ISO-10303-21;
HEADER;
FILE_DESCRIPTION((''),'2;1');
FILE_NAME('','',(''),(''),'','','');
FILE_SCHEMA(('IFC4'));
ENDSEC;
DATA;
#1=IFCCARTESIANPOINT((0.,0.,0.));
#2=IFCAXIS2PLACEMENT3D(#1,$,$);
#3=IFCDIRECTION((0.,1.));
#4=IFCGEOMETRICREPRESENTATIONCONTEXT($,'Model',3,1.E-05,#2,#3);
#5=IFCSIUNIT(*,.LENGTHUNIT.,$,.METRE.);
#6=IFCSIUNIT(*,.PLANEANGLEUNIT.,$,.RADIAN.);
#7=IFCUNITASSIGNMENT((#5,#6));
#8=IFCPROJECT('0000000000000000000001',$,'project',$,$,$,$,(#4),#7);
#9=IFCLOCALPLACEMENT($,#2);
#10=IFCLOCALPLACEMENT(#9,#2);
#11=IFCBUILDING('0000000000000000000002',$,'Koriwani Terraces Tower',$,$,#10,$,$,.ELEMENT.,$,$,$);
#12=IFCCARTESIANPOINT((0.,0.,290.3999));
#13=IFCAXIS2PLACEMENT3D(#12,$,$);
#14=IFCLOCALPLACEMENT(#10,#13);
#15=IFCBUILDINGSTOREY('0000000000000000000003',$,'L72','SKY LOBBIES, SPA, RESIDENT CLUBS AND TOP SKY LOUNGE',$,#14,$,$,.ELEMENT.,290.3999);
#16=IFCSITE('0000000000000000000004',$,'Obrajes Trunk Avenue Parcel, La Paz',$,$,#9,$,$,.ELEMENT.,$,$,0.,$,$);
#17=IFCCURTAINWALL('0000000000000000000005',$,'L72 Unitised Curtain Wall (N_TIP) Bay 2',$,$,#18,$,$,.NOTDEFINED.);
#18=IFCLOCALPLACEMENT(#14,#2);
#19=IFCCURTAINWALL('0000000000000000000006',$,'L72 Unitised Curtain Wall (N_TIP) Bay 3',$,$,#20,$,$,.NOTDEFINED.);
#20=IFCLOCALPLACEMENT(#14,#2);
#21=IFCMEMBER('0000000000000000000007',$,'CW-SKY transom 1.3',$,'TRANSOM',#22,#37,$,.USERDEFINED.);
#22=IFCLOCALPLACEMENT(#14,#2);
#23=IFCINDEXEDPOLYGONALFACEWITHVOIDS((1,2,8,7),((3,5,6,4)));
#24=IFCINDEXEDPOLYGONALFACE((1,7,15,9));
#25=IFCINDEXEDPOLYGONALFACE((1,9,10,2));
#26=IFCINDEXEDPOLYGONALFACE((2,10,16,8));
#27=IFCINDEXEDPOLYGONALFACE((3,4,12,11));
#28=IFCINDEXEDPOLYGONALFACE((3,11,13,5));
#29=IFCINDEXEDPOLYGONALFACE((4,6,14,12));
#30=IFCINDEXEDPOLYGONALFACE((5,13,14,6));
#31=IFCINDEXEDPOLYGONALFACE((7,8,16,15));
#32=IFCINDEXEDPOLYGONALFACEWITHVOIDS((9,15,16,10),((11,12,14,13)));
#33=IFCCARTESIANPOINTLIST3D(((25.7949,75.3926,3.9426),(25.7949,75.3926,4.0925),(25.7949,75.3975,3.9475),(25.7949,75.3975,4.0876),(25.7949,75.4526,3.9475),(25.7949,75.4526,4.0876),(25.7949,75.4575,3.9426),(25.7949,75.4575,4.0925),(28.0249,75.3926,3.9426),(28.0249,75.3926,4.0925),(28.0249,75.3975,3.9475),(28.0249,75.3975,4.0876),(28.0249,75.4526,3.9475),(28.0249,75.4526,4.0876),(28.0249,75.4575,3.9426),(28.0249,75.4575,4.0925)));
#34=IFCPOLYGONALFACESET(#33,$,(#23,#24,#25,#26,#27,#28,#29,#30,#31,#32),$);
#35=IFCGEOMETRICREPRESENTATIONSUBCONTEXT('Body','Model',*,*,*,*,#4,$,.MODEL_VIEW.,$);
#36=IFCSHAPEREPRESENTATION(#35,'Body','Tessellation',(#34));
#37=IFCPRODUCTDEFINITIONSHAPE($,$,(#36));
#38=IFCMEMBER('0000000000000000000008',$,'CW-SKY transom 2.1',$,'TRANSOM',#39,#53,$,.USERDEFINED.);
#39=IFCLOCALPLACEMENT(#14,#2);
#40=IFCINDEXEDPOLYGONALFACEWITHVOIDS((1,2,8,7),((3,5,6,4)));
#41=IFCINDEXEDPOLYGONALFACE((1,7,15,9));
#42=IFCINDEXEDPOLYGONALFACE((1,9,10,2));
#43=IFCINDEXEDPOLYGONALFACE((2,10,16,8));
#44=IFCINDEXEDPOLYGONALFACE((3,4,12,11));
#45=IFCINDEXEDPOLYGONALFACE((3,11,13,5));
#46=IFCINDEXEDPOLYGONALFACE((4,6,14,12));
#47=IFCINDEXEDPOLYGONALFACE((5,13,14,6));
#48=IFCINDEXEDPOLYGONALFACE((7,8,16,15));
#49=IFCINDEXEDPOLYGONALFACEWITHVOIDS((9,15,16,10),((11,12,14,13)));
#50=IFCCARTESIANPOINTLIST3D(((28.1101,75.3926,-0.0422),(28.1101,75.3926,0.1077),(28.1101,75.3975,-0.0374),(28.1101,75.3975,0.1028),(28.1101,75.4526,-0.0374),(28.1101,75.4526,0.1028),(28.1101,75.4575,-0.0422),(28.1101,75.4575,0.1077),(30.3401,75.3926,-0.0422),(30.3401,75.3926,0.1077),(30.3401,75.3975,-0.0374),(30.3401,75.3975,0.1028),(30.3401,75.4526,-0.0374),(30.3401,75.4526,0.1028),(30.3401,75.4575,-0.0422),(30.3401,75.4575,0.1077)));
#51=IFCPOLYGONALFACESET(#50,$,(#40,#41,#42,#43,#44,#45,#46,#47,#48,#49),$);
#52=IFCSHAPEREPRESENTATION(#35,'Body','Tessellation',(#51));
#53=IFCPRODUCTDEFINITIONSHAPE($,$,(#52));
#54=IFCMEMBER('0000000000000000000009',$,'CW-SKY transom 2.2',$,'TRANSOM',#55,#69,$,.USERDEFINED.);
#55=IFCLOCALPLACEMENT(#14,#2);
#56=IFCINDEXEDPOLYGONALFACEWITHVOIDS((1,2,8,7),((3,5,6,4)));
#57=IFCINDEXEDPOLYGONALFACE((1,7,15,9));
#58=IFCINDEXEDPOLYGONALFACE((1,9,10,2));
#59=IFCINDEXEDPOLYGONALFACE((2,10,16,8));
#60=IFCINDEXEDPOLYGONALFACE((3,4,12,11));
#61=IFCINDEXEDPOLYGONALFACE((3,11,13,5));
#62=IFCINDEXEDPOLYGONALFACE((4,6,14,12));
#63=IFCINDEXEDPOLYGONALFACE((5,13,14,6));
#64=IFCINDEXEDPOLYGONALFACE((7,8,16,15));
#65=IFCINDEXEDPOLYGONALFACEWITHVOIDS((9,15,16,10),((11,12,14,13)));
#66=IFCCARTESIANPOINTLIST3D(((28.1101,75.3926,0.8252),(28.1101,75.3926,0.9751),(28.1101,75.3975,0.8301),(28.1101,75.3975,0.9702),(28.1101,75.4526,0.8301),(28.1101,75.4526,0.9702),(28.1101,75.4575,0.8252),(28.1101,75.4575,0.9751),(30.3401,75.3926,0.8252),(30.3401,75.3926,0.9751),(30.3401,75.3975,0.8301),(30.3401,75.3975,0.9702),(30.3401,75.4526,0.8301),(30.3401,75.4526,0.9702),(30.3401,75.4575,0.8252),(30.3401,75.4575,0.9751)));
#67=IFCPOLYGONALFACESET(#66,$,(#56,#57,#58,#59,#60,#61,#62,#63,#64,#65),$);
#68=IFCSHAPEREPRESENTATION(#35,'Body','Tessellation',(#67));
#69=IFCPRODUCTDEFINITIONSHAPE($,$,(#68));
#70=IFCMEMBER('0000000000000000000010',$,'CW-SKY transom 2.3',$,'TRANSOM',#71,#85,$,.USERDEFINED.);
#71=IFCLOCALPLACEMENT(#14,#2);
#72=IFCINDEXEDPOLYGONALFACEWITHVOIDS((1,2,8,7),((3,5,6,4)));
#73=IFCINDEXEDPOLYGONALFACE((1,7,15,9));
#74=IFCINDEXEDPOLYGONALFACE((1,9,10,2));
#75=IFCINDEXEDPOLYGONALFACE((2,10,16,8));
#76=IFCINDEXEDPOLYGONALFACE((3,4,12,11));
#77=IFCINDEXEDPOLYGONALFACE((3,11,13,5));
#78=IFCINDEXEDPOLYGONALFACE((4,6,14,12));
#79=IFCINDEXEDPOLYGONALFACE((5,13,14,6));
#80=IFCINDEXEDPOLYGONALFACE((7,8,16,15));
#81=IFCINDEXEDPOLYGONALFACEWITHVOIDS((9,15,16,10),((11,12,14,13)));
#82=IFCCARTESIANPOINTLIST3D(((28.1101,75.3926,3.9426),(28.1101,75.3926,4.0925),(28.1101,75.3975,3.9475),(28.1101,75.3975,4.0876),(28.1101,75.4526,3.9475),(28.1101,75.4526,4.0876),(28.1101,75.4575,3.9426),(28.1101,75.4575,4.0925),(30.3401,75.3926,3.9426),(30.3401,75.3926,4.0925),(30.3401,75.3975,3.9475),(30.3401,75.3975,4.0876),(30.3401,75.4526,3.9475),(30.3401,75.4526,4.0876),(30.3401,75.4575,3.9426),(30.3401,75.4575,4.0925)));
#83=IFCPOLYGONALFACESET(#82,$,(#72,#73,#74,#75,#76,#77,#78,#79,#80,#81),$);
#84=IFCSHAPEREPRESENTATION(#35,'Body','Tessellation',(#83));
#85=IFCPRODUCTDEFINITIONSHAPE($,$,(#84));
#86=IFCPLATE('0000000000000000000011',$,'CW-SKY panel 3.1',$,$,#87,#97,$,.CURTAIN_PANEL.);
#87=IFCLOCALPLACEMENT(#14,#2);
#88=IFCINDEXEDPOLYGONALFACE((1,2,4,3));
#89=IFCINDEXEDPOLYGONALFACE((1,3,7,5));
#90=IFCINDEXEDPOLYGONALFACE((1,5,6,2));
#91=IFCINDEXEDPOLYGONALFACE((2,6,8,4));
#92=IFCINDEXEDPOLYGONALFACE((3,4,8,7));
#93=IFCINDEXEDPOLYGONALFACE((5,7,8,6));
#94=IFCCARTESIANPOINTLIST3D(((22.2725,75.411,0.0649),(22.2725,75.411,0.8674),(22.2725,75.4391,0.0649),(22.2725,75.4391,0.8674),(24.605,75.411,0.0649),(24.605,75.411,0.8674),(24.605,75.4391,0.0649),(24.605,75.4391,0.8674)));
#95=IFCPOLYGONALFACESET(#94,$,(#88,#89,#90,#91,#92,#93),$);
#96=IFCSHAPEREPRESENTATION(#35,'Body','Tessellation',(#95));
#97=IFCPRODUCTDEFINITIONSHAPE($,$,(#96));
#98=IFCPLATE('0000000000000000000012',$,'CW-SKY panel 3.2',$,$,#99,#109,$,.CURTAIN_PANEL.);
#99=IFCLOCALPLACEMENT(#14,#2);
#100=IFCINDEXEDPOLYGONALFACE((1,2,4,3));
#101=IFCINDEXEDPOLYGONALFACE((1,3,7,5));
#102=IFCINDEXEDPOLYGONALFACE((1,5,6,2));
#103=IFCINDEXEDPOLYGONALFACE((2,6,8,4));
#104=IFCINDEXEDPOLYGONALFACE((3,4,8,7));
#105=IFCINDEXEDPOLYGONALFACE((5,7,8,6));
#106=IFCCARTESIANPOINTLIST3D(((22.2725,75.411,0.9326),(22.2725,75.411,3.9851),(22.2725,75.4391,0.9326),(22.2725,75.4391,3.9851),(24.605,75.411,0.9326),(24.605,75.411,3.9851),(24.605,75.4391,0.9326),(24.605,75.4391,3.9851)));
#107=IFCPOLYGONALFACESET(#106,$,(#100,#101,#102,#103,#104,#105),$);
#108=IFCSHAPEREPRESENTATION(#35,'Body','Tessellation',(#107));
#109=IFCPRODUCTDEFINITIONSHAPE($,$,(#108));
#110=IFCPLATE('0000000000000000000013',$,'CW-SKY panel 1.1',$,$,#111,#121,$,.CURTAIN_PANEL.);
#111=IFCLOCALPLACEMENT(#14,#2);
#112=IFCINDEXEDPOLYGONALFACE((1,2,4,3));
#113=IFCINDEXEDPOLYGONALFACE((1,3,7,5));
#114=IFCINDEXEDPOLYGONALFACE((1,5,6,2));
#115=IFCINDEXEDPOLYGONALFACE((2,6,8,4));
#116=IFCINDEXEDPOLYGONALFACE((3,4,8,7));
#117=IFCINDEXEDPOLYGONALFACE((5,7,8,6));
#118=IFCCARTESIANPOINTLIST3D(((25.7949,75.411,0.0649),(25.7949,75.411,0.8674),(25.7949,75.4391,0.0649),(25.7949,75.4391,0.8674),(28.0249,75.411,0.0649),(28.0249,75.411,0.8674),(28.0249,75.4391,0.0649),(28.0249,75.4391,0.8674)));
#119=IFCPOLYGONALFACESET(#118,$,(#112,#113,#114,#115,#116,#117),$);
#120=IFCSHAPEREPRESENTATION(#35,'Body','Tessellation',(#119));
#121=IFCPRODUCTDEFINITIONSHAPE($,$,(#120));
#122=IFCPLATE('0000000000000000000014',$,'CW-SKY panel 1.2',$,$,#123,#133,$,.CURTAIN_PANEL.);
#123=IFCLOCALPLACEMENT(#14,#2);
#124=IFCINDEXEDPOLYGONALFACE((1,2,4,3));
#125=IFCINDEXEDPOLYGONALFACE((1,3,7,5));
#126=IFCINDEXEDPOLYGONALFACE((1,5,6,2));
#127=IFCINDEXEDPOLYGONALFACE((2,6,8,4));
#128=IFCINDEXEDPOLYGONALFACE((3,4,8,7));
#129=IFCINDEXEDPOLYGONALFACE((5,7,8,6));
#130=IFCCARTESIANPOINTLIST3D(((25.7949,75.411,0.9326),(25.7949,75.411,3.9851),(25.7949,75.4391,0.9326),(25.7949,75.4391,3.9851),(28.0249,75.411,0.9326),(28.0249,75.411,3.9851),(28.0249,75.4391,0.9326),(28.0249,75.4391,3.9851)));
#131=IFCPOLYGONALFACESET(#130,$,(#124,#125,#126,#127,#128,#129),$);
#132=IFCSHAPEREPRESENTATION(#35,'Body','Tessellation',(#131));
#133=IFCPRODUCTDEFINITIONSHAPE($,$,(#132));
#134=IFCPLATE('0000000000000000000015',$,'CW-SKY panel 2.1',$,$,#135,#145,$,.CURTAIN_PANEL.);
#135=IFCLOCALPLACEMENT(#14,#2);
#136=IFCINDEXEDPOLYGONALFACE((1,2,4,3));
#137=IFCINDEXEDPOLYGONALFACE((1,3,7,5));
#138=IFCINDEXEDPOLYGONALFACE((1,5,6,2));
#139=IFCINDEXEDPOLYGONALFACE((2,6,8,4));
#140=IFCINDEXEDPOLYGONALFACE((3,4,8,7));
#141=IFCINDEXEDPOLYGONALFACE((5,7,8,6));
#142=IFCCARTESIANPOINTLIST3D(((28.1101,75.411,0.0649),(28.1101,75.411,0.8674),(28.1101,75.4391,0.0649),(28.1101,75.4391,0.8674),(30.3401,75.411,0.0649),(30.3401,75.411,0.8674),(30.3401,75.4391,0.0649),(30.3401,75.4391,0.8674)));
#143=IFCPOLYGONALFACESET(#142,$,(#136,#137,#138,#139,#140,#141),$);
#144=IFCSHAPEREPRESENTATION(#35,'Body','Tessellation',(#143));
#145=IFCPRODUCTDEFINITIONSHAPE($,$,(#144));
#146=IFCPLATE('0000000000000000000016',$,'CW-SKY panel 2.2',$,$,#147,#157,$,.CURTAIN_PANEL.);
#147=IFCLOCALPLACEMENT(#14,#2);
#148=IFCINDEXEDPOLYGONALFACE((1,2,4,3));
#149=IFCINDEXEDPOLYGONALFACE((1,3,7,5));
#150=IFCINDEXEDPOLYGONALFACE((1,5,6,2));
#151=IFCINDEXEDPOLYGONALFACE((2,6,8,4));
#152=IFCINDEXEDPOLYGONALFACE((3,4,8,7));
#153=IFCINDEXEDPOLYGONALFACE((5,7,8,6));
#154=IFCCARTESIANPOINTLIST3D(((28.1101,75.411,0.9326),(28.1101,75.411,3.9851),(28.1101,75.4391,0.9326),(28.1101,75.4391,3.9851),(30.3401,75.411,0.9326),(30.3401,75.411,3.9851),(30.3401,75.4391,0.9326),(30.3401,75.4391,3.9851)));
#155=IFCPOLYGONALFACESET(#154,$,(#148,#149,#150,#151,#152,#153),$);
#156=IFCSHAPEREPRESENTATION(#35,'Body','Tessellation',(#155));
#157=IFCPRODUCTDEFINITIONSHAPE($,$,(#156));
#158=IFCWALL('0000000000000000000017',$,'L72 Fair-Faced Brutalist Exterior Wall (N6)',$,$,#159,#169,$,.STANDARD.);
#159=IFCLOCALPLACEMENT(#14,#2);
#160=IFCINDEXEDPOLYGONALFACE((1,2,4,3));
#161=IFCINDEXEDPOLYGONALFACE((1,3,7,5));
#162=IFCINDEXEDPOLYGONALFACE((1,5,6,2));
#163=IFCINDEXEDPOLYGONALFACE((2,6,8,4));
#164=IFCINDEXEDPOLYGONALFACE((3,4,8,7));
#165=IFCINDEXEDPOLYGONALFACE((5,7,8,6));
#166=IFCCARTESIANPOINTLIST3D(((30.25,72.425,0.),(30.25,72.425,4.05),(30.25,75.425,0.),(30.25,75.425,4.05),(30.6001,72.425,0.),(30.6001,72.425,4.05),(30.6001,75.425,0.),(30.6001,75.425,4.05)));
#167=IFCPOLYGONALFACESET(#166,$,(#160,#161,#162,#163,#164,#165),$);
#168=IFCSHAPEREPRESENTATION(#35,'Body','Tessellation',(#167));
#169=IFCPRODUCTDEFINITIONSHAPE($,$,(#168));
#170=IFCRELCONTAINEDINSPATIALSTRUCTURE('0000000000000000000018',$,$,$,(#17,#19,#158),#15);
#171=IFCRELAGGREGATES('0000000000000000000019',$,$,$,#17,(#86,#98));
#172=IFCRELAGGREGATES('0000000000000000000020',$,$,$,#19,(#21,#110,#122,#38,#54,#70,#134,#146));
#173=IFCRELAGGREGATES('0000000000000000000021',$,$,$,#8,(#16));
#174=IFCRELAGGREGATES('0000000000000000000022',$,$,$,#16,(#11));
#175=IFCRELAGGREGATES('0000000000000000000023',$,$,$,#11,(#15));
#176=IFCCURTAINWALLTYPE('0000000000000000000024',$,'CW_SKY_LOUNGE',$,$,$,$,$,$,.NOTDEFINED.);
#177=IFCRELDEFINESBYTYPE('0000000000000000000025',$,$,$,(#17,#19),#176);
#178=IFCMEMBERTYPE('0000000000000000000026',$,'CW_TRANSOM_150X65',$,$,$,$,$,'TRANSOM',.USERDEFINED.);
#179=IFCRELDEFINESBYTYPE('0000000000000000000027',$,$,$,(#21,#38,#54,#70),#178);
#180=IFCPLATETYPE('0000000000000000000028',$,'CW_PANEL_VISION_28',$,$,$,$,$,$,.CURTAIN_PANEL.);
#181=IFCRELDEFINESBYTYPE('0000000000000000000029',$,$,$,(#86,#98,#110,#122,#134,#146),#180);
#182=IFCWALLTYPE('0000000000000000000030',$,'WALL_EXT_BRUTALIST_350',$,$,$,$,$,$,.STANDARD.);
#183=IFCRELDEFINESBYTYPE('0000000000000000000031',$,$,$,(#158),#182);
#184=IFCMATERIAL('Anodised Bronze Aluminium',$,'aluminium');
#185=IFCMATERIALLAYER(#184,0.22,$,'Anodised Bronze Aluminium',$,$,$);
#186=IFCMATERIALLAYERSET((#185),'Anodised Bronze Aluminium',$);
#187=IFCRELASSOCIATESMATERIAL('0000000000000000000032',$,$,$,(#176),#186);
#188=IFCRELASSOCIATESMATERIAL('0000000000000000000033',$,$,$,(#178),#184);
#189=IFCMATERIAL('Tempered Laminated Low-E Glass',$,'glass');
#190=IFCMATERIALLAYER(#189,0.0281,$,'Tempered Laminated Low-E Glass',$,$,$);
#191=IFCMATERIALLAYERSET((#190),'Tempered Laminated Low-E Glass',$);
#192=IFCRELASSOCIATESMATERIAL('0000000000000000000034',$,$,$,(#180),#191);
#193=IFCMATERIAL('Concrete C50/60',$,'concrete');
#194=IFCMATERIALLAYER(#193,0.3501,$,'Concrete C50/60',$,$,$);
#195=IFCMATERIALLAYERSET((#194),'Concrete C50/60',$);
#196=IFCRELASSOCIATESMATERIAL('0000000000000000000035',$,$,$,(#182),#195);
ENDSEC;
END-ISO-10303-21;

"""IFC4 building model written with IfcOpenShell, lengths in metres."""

from ifc_helpers import new_model, si_unit, direction, frame, frame_2d, origin, origin_2d, place, context, subcontext, project, spatial, rectangle, hollow_rectangle, extrude, material, layer, layer_set, material_profile, profile_set, type_object, element, aggregate, save


model = new_model("IFC4")

# Units and contexts
model_context = context("Model", 3, precision=1e-05, world=origin(), true_north=direction((0.0, 1.0)))
body_context = subcontext(model_context, "Body", "Model", "MODEL_VIEW")
ifc_project = project(units=[si_unit("LENGTHUNIT", "METRE"), si_unit("PLANEANGLEUNIT", "RADIAN")], contexts=[model_context])

# Site, building, storey
site_placement = place(None, origin())
site = spatial("IfcSite", under=ifc_project, at=site_placement, Name="Obrajes Trunk Avenue Parcel, La Paz", CompositionType="ELEMENT", RefElevation=0.0)
building_placement = place(site_placement, origin())
building = spatial("IfcBuilding", under=site, at=building_placement, Name="Koriwani Terraces Tower", CompositionType="ELEMENT")
storey_placement = place(building_placement, frame((0.0, 0.0, 290.3999)))
storey = spatial("IfcBuildingStorey", under=building, at=storey_placement, Name="L72", Description="SKY LOBBIES, SPA, RESIDENT CLUBS AND TOP SKY LOUNGE", CompositionType="ELEMENT", Elevation=290.3999)

# Shared definitions
ifc_material_1 = material(Name="Concrete C50/60", Category="concrete")

# Curtain walls
ifc_material_2 = material(Name="Anodised Bronze Aluminium", Category="aluminium")
ifc_layer_1 = layer(ifc_material_2, 0.22, Name="Anodised Bronze Aluminium")
ifc_layer_set_1 = layer_set([ifc_layer_1], Name="Anodised Bronze Aluminium")
curtain_wall_type = type_object("IfcCurtainWallType", Name="CW_SKY_LOUNGE", PredefinedType="NOTDEFINED", material=ifc_layer_set_1)
curtain_wall_1_placement = place(storey_placement, origin())
curtain_wall_1 = element("IfcCurtainWall", 1, at=curtain_wall_1_placement, inside=storey, type_object=curtain_wall_type, Name="L72 Unitised Curtain Wall (N_TIP) Bay 2", PredefinedType="NOTDEFINED")
curtain_wall_2_placement = place(storey_placement, origin())
curtain_wall_2 = element("IfcCurtainWall", 2, at=curtain_wall_2_placement, inside=storey, type_object=curtain_wall_type, Name="L72 Unitised Curtain Wall (N_TIP) Bay 3", PredefinedType="NOTDEFINED")

# Members
ifc_material_profile_1 = material_profile(ifc_material_2, hollow_rectangle(XDim=0.0649, YDim=0.1499, WallThickness=0.0049, at=origin_2d()), Name="Anodised Bronze Aluminium", Category="LoadBearing")
ifc_profile_set_1 = profile_set([ifc_material_profile_1], Name="Anodised Bronze Aluminium")
member_type_1 = type_object("IfcMemberType", Name="CW_TRANSOM_150X65", ElementType="TRANSOM", PredefinedType="USERDEFINED", material=ifc_profile_set_1)
member_1_placement = place(storey_placement, frame((25.7949, 75.425, 4.0176), z_axis=(1.0, 0.0, 0.0), x_axis=(0.0, 1.0, 0.0)))
member_1 = element("IfcMember", 3, at=member_1_placement, type_object=member_type_1, Name="CW-SKY transom 1.3", ObjectType="TRANSOM", PredefinedType="USERDEFINED", context=body_context, shape_type="SweptSolid", body=[
    extrude(hollow_rectangle(XDim=0.0649, YDim=0.1499, WallThickness=0.0049, at=origin_2d()), origin(), (0.0, 0.0, 1.0), 2.23),
])
member_2_placement = place(storey_placement, frame((28.1101, 75.425, 0.0327), z_axis=(1.0, 0.0, 0.0), x_axis=(0.0, 1.0, 0.0)))
member_2 = element("IfcMember", 4, at=member_2_placement, type_object=member_type_1, Name="CW-SKY transom 2.1", ObjectType="TRANSOM", PredefinedType="USERDEFINED", context=body_context, shape_type="SweptSolid", body=[
    extrude(hollow_rectangle(XDim=0.0649, YDim=0.1499, WallThickness=0.0049, at=origin_2d()), origin(), (0.0, 0.0, 1.0), 2.23),
])
member_3_placement = place(storey_placement, frame((28.1101, 75.425, 0.9001), z_axis=(1.0, 0.0, 0.0), x_axis=(0.0, 1.0, 0.0)))
member_3 = element("IfcMember", 5, at=member_3_placement, type_object=member_type_1, Name="CW-SKY transom 2.2", ObjectType="TRANSOM", PredefinedType="USERDEFINED", context=body_context, shape_type="SweptSolid", body=[
    extrude(hollow_rectangle(XDim=0.0649, YDim=0.1499, WallThickness=0.0049, at=origin_2d()), origin(), (0.0, 0.0, 1.0), 2.23),
])
member_4_placement = place(storey_placement, frame((28.1101, 75.425, 4.0176), z_axis=(1.0, 0.0, 0.0), x_axis=(0.0, 1.0, 0.0)))
member_4 = element("IfcMember", 6, at=member_4_placement, type_object=member_type_1, Name="CW-SKY transom 2.3", ObjectType="TRANSOM", PredefinedType="USERDEFINED", context=body_context, shape_type="SweptSolid", body=[
    extrude(hollow_rectangle(XDim=0.0649, YDim=0.1499, WallThickness=0.0049, at=origin_2d()), origin(), (0.0, 0.0, 1.0), 2.23),
])

# Plates
ifc_material_3 = material(Name="Tempered Laminated Low-E Glass", Category="glass")
ifc_layer_2 = layer(ifc_material_3, 0.0281, Name="Tempered Laminated Low-E Glass")
ifc_layer_set_2 = layer_set([ifc_layer_2], Name="Tempered Laminated Low-E Glass")
plate_type = type_object("IfcPlateType", Name="CW_PANEL_VISION_28", PredefinedType="CURTAIN_PANEL", material=ifc_layer_set_2)
plate_1_placement = place(storey_placement, frame((23.4387, 75.425, 0.0649), z_axis=(0.0, 0.0, 1.0), x_axis=(1.0, 0.0, 0.0)))
plate_1 = element("IfcPlate", 7, at=plate_1_placement, type_object=plate_type, Name="CW-SKY panel 3.1", PredefinedType="CURTAIN_PANEL", context=body_context, shape_type="SweptSolid", body=[
    extrude(rectangle(XDim=2.3325, YDim=0.0281, at=origin_2d()), origin(), (0.0, 0.0, 1.0), 0.8025),
])
plate_2_placement = place(storey_placement, frame((23.4387, 75.425, 0.9326), z_axis=(0.0, 0.0, 1.0), x_axis=(1.0, 0.0, 0.0)))
plate_2 = element("IfcPlate", 8, at=plate_2_placement, type_object=plate_type, Name="CW-SKY panel 3.2", PredefinedType="CURTAIN_PANEL", context=body_context, shape_type="SweptSolid", body=[
    extrude(rectangle(XDim=2.3325, YDim=0.0281, at=origin_2d()), origin(), (0.0, 0.0, 1.0), 3.0525),
])
aggregate(curtain_wall_1, [plate_1, plate_2])
plate_3_placement = place(storey_placement, frame((26.9099, 75.425, 0.0649), z_axis=(0.0, 0.0, 1.0), x_axis=(1.0, 0.0, 0.0)))
plate_3 = element("IfcPlate", 9, at=plate_3_placement, type_object=plate_type, Name="CW-SKY panel 1.1", PredefinedType="CURTAIN_PANEL", context=body_context, shape_type="SweptSolid", body=[
    extrude(rectangle(XDim=2.23, YDim=0.0281, at=origin_2d()), origin(), (0.0, 0.0, 1.0), 0.8025),
])
plate_4_placement = place(storey_placement, frame((26.9099, 75.425, 0.9326), z_axis=(0.0, 0.0, 1.0), x_axis=(1.0, 0.0, 0.0)))
plate_4 = element("IfcPlate", 10, at=plate_4_placement, type_object=plate_type, Name="CW-SKY panel 1.2", PredefinedType="CURTAIN_PANEL", context=body_context, shape_type="SweptSolid", body=[
    extrude(rectangle(XDim=2.23, YDim=0.0281, at=origin_2d()), origin(), (0.0, 0.0, 1.0), 3.0525),
])
plate_5_placement = place(storey_placement, frame((29.2251, 75.425, 0.0649), z_axis=(0.0, 0.0, 1.0), x_axis=(1.0, 0.0, 0.0)))
plate_5 = element("IfcPlate", 11, at=plate_5_placement, type_object=plate_type, Name="CW-SKY panel 2.1", PredefinedType="CURTAIN_PANEL", context=body_context, shape_type="SweptSolid", body=[
    extrude(rectangle(XDim=2.23, YDim=0.0281, at=origin_2d()), origin(), (0.0, 0.0, 1.0), 0.8025),
])
plate_6_placement = place(storey_placement, frame((29.2251, 75.425, 0.9326), z_axis=(0.0, 0.0, 1.0), x_axis=(1.0, 0.0, 0.0)))
plate_6 = element("IfcPlate", 12, at=plate_6_placement, type_object=plate_type, Name="CW-SKY panel 2.2", PredefinedType="CURTAIN_PANEL", context=body_context, shape_type="SweptSolid", body=[
    extrude(rectangle(XDim=2.23, YDim=0.0281, at=origin_2d()), origin(), (0.0, 0.0, 1.0), 3.0525),
])
aggregate(curtain_wall_2, [member_1, plate_3, plate_4, member_2, member_3, member_4, plate_5, plate_6])

# Wall
ifc_layer_3 = layer(ifc_material_1, 0.3501, Name="Concrete C50/60")
ifc_layer_set_3 = layer_set([ifc_layer_3], Name="Concrete C50/60")
wall_type = type_object("IfcWallType", Name="WALL_EXT_BRUTALIST_350", PredefinedType="STANDARD", material=ifc_layer_set_3)
wall_placement = place(storey_placement, frame((30.425, 75.425, 0.0), z_axis=(0.0, 0.0, 1.0), x_axis=(0.0, -1.0, 0.0)))
element("IfcWall", 13, at=wall_placement, inside=storey, type_object=wall_type, Name="L72 Fair-Faced Brutalist Exterior Wall (N6)", PredefinedType="STANDARD", context=body_context, shape_type="SweptSolid", body=[
    extrude(rectangle(XDim=3.0, YDim=0.3501, at=frame_2d((1.5, 0.0))), origin(), (0.0, 0.0, 1.0), 4.05),
])

save(model, "model.ifc")
